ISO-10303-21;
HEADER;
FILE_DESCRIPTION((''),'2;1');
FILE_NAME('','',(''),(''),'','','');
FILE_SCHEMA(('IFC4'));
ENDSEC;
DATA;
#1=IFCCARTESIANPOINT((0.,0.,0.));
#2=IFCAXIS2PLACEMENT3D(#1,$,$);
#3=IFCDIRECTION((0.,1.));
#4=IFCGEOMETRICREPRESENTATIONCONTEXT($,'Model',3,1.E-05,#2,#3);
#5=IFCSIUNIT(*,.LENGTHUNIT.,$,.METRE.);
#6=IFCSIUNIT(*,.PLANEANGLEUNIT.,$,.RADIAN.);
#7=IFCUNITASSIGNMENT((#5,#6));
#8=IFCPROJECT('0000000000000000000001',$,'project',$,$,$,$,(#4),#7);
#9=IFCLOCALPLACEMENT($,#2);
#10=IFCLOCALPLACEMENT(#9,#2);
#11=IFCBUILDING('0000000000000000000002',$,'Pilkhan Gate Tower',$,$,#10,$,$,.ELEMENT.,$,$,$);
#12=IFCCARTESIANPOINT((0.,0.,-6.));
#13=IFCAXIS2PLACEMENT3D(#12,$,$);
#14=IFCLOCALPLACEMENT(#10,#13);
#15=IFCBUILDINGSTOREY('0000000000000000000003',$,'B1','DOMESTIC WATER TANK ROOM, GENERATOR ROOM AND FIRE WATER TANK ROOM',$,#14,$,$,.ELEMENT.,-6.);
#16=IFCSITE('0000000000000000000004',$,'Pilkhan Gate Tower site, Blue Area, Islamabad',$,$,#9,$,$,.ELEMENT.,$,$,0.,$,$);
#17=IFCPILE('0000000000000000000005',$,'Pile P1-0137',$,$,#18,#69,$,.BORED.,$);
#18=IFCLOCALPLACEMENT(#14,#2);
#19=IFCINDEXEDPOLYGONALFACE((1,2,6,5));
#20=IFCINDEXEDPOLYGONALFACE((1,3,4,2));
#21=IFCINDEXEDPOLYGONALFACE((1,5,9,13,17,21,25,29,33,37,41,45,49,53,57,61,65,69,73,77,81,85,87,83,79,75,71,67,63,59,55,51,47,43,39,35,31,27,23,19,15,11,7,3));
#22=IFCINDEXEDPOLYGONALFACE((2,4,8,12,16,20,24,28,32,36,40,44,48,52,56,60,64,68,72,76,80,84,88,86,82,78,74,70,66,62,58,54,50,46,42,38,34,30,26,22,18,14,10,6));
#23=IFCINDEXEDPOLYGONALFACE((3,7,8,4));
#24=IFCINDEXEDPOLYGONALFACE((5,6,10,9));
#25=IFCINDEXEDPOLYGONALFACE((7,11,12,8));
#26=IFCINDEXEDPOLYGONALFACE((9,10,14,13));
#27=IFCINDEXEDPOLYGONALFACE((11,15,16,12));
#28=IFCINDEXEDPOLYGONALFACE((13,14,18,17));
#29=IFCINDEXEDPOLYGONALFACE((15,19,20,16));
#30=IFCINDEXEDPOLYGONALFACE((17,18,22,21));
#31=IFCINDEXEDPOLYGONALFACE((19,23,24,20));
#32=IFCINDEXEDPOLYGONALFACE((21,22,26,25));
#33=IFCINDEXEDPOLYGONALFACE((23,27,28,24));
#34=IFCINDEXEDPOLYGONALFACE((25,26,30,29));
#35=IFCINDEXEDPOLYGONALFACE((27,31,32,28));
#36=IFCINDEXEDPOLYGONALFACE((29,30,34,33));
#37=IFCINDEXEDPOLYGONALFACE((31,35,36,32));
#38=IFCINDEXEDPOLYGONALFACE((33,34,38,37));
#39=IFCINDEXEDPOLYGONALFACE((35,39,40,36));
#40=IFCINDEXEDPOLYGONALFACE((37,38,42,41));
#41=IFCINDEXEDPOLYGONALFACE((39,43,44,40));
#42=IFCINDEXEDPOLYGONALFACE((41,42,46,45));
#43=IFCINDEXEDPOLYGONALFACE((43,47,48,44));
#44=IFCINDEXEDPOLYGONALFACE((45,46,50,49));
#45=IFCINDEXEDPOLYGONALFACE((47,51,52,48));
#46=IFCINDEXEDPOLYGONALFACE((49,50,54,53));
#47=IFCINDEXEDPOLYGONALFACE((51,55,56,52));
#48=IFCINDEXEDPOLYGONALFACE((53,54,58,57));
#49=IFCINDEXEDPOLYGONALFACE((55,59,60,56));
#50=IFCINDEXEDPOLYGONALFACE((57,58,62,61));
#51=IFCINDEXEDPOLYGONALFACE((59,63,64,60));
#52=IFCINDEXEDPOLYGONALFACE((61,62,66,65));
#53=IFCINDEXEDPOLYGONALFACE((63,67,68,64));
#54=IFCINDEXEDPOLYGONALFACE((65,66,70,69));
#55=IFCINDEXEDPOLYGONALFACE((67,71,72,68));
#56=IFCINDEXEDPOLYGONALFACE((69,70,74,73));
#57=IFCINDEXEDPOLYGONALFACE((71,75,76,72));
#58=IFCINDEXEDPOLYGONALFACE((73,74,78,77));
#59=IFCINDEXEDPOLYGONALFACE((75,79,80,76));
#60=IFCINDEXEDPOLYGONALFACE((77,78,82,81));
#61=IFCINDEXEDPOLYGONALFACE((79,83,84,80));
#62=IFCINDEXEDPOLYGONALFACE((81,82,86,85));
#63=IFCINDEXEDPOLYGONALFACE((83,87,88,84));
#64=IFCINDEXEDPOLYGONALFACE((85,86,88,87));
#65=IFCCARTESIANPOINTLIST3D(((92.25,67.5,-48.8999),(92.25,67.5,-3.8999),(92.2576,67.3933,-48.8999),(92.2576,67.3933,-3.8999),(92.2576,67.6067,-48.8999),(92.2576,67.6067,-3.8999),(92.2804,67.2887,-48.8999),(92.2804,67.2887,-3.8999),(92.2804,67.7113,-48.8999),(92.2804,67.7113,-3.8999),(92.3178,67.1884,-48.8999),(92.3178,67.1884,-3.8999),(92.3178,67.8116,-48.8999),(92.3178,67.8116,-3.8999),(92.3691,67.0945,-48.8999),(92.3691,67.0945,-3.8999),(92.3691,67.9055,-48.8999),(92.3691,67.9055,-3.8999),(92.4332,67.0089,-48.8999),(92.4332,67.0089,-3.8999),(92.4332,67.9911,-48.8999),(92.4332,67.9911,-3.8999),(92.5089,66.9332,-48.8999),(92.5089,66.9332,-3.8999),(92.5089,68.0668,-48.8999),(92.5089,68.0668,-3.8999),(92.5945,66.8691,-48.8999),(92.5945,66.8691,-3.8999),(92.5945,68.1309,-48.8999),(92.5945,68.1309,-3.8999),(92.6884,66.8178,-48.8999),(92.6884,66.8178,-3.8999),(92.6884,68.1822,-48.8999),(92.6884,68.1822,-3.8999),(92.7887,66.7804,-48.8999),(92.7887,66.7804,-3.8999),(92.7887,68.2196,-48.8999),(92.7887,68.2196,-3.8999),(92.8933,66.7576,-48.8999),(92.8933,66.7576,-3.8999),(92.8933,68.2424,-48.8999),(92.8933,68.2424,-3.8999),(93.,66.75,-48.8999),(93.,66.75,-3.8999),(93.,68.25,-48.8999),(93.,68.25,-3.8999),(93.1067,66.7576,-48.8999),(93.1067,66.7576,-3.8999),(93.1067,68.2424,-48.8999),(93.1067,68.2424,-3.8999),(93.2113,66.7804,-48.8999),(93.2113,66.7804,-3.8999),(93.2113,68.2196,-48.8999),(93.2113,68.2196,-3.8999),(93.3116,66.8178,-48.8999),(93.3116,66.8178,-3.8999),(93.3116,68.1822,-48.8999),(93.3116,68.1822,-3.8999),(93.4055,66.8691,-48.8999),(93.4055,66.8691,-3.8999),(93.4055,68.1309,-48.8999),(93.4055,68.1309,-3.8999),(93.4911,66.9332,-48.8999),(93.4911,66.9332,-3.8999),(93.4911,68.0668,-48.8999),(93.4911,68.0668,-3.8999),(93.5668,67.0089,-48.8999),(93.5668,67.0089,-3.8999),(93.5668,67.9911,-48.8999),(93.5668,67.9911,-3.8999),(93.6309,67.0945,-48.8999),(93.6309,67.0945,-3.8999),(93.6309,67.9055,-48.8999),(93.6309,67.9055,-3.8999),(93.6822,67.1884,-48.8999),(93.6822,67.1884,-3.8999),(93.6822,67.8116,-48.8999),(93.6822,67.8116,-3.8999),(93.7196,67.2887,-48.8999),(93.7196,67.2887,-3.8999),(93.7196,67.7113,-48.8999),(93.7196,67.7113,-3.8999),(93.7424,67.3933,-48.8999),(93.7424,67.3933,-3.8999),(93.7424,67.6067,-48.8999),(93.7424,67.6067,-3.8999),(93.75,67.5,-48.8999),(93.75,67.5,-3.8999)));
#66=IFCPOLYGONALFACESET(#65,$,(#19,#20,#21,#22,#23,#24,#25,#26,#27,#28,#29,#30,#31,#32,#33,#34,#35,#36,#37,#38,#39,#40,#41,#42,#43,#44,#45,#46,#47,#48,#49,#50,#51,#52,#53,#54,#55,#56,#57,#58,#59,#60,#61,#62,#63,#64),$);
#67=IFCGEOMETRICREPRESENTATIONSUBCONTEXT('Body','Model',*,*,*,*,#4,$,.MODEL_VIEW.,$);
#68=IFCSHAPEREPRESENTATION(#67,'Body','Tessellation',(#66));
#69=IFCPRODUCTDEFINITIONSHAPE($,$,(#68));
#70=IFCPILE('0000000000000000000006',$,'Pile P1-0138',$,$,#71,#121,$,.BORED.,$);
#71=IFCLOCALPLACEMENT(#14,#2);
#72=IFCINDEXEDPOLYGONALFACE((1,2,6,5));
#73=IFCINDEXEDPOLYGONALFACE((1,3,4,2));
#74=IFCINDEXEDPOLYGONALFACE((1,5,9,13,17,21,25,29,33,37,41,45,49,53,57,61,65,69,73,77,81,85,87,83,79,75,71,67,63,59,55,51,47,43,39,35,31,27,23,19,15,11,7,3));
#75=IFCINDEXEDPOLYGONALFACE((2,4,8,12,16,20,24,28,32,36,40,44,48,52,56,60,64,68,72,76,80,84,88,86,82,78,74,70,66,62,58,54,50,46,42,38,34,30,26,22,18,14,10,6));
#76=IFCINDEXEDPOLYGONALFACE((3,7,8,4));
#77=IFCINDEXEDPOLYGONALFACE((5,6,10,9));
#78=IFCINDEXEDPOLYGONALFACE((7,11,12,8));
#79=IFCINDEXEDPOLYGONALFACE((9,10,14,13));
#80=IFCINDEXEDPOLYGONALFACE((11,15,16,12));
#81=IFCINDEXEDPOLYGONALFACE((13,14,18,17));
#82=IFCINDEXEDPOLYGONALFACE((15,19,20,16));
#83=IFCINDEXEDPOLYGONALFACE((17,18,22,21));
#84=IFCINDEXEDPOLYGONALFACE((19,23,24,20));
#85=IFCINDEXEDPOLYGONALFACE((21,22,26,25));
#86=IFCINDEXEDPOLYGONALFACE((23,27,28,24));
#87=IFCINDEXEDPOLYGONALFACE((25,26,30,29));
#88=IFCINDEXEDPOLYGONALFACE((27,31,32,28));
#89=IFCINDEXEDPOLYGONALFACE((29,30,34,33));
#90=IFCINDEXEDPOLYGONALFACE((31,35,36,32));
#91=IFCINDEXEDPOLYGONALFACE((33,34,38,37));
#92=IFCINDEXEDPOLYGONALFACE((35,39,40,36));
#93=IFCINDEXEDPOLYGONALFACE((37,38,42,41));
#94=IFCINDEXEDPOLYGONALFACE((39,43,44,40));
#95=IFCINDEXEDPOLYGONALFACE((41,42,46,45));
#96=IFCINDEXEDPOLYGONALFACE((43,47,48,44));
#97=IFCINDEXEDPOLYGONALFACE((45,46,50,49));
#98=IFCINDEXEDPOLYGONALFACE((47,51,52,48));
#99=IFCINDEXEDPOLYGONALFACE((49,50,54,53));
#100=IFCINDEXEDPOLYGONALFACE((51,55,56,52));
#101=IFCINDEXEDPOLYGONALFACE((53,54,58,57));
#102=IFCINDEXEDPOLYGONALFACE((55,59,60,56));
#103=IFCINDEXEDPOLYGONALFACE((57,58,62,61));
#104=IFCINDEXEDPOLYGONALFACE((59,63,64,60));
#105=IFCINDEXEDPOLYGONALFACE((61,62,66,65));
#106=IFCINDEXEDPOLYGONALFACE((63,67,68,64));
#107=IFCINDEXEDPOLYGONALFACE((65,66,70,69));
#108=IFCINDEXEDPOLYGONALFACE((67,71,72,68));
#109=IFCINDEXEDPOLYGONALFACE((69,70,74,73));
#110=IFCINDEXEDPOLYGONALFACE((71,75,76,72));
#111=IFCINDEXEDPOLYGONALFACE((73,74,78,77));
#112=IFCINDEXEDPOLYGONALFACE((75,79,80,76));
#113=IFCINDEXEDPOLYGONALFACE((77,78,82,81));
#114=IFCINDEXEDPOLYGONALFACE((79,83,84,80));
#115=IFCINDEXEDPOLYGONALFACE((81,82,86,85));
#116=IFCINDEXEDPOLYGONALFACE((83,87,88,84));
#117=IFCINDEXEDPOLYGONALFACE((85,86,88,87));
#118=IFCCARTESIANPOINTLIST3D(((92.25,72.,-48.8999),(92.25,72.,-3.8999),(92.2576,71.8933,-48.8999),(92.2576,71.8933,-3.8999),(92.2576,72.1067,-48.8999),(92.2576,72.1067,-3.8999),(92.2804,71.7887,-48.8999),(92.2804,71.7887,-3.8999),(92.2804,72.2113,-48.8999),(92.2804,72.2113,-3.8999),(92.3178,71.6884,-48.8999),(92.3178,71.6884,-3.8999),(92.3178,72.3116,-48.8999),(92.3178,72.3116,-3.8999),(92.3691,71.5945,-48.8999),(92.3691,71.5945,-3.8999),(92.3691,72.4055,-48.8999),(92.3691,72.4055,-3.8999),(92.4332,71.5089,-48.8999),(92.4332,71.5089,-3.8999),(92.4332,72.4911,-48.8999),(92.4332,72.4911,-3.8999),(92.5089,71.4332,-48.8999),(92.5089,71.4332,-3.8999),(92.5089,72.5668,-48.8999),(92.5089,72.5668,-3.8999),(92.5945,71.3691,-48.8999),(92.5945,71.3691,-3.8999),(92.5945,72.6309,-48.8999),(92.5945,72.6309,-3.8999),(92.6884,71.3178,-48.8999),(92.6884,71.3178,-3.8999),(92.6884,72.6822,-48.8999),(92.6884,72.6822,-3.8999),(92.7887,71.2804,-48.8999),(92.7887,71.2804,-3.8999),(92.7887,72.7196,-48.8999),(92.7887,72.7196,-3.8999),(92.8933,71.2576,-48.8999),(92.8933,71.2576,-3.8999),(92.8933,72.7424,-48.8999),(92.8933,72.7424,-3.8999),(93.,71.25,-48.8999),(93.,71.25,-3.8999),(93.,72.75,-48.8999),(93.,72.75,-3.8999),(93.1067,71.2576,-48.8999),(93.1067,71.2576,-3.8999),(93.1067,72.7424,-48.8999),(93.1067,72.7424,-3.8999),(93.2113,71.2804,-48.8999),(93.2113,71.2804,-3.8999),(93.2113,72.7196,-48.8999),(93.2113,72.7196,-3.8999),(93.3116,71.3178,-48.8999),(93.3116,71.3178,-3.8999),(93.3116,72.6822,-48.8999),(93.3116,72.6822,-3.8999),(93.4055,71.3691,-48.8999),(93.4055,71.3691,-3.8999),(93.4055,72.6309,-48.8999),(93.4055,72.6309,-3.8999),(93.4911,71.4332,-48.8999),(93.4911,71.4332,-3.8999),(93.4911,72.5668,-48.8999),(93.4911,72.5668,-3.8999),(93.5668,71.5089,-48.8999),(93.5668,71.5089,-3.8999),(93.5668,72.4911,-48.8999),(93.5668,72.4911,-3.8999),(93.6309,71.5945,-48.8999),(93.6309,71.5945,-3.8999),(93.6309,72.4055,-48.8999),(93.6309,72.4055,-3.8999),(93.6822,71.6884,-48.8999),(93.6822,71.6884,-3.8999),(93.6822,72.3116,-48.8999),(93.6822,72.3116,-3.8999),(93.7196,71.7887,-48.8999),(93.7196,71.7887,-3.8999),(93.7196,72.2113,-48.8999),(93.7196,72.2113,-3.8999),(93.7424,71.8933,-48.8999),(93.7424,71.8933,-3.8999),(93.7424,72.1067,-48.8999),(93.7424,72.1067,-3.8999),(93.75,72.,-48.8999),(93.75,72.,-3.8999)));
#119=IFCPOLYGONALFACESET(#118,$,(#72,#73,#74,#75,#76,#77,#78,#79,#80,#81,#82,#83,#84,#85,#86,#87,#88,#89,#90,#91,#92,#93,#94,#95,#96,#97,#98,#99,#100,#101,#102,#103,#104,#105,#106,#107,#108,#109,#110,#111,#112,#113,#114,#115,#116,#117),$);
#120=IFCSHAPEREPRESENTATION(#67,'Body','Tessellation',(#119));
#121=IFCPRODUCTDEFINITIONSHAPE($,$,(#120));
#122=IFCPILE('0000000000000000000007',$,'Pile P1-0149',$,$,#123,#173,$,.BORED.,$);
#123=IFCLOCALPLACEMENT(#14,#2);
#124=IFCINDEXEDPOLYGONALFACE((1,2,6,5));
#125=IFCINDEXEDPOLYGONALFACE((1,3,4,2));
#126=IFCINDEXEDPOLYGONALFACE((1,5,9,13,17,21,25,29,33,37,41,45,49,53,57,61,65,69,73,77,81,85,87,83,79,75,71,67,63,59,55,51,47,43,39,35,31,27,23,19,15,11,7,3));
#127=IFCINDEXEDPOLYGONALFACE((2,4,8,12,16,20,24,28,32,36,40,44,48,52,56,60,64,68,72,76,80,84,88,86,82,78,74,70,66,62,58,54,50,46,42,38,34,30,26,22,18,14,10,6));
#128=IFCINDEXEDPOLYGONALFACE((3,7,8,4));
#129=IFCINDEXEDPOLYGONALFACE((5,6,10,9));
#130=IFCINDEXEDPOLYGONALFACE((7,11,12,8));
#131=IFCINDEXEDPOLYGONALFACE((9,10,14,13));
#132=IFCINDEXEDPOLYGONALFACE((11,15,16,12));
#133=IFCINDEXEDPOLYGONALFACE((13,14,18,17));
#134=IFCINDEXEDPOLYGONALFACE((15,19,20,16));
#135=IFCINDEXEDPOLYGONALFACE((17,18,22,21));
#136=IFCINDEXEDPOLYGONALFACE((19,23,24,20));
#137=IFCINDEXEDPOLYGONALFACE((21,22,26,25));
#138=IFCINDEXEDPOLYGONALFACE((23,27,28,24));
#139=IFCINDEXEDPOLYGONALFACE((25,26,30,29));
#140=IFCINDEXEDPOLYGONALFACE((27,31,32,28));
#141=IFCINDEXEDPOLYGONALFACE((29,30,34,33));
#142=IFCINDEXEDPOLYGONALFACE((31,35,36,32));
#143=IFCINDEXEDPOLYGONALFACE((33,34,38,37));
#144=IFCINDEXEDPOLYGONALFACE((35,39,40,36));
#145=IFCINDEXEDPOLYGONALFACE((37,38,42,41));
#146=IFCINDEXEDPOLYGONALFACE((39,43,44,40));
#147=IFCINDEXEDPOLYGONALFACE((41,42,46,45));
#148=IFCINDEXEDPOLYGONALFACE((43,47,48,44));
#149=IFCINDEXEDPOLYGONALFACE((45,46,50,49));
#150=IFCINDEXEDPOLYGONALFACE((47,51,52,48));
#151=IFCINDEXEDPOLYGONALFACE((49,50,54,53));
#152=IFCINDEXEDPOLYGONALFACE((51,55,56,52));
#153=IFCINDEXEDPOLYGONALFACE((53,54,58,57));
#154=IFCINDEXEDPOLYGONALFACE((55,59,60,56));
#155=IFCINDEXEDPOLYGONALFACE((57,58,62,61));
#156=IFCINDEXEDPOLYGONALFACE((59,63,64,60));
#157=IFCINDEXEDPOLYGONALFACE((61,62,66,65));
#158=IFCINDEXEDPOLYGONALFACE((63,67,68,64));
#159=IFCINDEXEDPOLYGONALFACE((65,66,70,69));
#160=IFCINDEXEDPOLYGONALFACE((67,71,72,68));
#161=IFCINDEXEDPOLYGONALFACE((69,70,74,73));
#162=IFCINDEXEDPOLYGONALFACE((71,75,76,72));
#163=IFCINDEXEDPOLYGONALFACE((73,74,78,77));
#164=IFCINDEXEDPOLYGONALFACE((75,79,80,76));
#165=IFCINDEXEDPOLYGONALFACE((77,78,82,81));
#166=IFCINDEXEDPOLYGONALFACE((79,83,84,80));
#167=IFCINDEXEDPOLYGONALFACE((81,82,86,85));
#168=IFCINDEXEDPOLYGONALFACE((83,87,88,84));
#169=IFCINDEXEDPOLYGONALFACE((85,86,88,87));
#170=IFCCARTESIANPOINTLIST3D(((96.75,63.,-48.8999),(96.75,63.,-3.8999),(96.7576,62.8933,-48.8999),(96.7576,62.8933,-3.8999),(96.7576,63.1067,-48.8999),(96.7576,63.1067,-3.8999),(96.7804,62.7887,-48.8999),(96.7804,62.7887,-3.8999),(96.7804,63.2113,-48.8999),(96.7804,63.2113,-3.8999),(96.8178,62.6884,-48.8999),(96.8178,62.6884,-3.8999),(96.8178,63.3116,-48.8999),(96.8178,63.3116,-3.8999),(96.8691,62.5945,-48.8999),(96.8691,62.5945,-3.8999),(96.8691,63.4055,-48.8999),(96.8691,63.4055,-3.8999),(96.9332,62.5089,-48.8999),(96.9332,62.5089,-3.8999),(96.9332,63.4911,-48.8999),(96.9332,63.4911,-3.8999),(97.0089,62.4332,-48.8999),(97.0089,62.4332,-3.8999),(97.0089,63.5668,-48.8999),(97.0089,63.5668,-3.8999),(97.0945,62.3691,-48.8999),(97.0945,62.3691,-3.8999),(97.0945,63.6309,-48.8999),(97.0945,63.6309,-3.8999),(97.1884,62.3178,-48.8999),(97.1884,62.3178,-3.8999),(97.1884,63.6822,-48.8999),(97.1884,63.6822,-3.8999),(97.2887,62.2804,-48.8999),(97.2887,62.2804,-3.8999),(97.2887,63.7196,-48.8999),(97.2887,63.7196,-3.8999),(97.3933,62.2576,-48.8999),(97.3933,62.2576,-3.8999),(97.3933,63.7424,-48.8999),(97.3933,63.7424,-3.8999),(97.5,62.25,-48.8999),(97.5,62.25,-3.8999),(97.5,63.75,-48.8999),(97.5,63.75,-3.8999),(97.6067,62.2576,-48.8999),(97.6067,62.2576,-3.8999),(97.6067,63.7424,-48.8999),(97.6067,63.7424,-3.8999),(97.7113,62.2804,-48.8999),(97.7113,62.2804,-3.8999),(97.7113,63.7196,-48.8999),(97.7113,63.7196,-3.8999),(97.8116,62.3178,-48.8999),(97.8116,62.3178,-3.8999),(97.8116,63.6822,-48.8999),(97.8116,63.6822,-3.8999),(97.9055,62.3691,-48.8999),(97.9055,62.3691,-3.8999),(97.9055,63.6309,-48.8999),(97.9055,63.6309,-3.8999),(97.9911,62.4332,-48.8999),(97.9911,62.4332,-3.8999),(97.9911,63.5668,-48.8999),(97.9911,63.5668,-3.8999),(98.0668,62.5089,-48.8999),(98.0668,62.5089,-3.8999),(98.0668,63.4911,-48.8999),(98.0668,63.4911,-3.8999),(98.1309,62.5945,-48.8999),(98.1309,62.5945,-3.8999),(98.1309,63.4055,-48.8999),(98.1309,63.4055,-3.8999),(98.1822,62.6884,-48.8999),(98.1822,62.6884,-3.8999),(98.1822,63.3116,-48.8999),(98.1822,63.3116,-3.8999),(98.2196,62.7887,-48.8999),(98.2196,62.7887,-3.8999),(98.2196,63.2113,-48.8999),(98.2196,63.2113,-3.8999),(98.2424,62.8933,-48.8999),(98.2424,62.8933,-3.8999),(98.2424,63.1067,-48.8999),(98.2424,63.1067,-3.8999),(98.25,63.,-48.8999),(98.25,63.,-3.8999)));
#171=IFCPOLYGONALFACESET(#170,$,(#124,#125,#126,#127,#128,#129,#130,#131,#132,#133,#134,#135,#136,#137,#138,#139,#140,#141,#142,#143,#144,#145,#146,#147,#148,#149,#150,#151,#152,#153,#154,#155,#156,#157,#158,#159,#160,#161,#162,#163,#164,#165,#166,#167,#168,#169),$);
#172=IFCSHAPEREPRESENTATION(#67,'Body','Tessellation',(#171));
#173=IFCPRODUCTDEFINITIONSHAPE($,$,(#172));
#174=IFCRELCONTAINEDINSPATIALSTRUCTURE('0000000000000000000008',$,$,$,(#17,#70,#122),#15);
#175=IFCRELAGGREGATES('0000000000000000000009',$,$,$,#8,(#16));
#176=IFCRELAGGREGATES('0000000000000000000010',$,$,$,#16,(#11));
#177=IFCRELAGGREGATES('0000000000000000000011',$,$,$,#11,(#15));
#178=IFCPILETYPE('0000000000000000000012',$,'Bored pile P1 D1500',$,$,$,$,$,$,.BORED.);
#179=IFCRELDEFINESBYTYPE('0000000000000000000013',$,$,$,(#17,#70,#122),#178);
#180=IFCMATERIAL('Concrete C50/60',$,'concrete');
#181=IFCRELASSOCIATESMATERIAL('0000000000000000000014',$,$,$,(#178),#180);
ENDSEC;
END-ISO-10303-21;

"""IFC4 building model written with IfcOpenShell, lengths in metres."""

from ifc_helpers import new_model, si_unit, direction, frame, origin, origin_2d, place, context, subcontext, project, spatial, circle, extrude, material, material_profile, profile_set, type_object, element, save


model = new_model("IFC4")

# Units and contexts
model_context = context("Model", 3, precision=1e-05, world=origin(), true_north=direction((0.0, 1.0)))
body_context = subcontext(model_context, "Body", "Model", "MODEL_VIEW")
ifc_project = project(units=[si_unit("LENGTHUNIT", "METRE"), si_unit("PLANEANGLEUNIT", "RADIAN")], contexts=[model_context])

# Site, building, storey
site_placement = place(None, origin())
site = spatial("IfcSite", under=ifc_project, at=site_placement, Name="Pilkhan Gate Tower site, Blue Area, Islamabad", CompositionType="ELEMENT", RefElevation=0.0)
building_placement = place(site_placement, origin())
building = spatial("IfcBuilding", under=site, at=building_placement, Name="Pilkhan Gate Tower", CompositionType="ELEMENT")
storey_placement = place(building_placement, frame((0.0, 0.0, -6.0)))
storey = spatial("IfcBuildingStorey", under=building, at=storey_placement, Name="B1", Description="DOMESTIC WATER TANK ROOM, GENERATOR ROOM AND FIRE WATER TANK ROOM", CompositionType="ELEMENT", Elevation=-6.0)

# Piles
ifc_material_1 = material(Name="Concrete C50/60", Category="concrete")
ifc_material_profile_1 = material_profile(ifc_material_1, circle(Radius=0.75, at=origin_2d()), Name="Bored pile 1500 dia")
ifc_profile_set_1 = profile_set([ifc_material_profile_1], Name="Concrete C50/60")
pile_type = type_object("IfcPileType", Name="Bored pile P1 D1500", PredefinedType="BORED", material=ifc_profile_set_1)
for number, where, z_axis, x_axis, name in (
    (1, (93.0, 67.5, -3.8999), (0.0, 0.0, -1.0), (1.0, 0.0, 0.0), "Pile P1-0137"),
    (2, (93.0, 72.0, -3.8999), (0.0, 0.0, -1.0), (1.0, 0.0, 0.0), "Pile P1-0138"),
    (3, (97.5, 63.0, -3.8999), (0.0, 0.0, -1.0), (1.0, 0.0, 0.0), "Pile P1-0149"),
):
    element("IfcPile", number, at=place(storey_placement, frame(where, z_axis=z_axis, x_axis=x_axis)), inside=storey, type_object=pile_type, Name=name, PredefinedType="BORED", context=body_context, shape_type="SweptSolid", body=[
        extrude(circle(Radius=0.75, at=origin_2d()), origin(), (0.0, 0.0, 1.0), 45.0),
    ])

save(model, "model.ifc")
